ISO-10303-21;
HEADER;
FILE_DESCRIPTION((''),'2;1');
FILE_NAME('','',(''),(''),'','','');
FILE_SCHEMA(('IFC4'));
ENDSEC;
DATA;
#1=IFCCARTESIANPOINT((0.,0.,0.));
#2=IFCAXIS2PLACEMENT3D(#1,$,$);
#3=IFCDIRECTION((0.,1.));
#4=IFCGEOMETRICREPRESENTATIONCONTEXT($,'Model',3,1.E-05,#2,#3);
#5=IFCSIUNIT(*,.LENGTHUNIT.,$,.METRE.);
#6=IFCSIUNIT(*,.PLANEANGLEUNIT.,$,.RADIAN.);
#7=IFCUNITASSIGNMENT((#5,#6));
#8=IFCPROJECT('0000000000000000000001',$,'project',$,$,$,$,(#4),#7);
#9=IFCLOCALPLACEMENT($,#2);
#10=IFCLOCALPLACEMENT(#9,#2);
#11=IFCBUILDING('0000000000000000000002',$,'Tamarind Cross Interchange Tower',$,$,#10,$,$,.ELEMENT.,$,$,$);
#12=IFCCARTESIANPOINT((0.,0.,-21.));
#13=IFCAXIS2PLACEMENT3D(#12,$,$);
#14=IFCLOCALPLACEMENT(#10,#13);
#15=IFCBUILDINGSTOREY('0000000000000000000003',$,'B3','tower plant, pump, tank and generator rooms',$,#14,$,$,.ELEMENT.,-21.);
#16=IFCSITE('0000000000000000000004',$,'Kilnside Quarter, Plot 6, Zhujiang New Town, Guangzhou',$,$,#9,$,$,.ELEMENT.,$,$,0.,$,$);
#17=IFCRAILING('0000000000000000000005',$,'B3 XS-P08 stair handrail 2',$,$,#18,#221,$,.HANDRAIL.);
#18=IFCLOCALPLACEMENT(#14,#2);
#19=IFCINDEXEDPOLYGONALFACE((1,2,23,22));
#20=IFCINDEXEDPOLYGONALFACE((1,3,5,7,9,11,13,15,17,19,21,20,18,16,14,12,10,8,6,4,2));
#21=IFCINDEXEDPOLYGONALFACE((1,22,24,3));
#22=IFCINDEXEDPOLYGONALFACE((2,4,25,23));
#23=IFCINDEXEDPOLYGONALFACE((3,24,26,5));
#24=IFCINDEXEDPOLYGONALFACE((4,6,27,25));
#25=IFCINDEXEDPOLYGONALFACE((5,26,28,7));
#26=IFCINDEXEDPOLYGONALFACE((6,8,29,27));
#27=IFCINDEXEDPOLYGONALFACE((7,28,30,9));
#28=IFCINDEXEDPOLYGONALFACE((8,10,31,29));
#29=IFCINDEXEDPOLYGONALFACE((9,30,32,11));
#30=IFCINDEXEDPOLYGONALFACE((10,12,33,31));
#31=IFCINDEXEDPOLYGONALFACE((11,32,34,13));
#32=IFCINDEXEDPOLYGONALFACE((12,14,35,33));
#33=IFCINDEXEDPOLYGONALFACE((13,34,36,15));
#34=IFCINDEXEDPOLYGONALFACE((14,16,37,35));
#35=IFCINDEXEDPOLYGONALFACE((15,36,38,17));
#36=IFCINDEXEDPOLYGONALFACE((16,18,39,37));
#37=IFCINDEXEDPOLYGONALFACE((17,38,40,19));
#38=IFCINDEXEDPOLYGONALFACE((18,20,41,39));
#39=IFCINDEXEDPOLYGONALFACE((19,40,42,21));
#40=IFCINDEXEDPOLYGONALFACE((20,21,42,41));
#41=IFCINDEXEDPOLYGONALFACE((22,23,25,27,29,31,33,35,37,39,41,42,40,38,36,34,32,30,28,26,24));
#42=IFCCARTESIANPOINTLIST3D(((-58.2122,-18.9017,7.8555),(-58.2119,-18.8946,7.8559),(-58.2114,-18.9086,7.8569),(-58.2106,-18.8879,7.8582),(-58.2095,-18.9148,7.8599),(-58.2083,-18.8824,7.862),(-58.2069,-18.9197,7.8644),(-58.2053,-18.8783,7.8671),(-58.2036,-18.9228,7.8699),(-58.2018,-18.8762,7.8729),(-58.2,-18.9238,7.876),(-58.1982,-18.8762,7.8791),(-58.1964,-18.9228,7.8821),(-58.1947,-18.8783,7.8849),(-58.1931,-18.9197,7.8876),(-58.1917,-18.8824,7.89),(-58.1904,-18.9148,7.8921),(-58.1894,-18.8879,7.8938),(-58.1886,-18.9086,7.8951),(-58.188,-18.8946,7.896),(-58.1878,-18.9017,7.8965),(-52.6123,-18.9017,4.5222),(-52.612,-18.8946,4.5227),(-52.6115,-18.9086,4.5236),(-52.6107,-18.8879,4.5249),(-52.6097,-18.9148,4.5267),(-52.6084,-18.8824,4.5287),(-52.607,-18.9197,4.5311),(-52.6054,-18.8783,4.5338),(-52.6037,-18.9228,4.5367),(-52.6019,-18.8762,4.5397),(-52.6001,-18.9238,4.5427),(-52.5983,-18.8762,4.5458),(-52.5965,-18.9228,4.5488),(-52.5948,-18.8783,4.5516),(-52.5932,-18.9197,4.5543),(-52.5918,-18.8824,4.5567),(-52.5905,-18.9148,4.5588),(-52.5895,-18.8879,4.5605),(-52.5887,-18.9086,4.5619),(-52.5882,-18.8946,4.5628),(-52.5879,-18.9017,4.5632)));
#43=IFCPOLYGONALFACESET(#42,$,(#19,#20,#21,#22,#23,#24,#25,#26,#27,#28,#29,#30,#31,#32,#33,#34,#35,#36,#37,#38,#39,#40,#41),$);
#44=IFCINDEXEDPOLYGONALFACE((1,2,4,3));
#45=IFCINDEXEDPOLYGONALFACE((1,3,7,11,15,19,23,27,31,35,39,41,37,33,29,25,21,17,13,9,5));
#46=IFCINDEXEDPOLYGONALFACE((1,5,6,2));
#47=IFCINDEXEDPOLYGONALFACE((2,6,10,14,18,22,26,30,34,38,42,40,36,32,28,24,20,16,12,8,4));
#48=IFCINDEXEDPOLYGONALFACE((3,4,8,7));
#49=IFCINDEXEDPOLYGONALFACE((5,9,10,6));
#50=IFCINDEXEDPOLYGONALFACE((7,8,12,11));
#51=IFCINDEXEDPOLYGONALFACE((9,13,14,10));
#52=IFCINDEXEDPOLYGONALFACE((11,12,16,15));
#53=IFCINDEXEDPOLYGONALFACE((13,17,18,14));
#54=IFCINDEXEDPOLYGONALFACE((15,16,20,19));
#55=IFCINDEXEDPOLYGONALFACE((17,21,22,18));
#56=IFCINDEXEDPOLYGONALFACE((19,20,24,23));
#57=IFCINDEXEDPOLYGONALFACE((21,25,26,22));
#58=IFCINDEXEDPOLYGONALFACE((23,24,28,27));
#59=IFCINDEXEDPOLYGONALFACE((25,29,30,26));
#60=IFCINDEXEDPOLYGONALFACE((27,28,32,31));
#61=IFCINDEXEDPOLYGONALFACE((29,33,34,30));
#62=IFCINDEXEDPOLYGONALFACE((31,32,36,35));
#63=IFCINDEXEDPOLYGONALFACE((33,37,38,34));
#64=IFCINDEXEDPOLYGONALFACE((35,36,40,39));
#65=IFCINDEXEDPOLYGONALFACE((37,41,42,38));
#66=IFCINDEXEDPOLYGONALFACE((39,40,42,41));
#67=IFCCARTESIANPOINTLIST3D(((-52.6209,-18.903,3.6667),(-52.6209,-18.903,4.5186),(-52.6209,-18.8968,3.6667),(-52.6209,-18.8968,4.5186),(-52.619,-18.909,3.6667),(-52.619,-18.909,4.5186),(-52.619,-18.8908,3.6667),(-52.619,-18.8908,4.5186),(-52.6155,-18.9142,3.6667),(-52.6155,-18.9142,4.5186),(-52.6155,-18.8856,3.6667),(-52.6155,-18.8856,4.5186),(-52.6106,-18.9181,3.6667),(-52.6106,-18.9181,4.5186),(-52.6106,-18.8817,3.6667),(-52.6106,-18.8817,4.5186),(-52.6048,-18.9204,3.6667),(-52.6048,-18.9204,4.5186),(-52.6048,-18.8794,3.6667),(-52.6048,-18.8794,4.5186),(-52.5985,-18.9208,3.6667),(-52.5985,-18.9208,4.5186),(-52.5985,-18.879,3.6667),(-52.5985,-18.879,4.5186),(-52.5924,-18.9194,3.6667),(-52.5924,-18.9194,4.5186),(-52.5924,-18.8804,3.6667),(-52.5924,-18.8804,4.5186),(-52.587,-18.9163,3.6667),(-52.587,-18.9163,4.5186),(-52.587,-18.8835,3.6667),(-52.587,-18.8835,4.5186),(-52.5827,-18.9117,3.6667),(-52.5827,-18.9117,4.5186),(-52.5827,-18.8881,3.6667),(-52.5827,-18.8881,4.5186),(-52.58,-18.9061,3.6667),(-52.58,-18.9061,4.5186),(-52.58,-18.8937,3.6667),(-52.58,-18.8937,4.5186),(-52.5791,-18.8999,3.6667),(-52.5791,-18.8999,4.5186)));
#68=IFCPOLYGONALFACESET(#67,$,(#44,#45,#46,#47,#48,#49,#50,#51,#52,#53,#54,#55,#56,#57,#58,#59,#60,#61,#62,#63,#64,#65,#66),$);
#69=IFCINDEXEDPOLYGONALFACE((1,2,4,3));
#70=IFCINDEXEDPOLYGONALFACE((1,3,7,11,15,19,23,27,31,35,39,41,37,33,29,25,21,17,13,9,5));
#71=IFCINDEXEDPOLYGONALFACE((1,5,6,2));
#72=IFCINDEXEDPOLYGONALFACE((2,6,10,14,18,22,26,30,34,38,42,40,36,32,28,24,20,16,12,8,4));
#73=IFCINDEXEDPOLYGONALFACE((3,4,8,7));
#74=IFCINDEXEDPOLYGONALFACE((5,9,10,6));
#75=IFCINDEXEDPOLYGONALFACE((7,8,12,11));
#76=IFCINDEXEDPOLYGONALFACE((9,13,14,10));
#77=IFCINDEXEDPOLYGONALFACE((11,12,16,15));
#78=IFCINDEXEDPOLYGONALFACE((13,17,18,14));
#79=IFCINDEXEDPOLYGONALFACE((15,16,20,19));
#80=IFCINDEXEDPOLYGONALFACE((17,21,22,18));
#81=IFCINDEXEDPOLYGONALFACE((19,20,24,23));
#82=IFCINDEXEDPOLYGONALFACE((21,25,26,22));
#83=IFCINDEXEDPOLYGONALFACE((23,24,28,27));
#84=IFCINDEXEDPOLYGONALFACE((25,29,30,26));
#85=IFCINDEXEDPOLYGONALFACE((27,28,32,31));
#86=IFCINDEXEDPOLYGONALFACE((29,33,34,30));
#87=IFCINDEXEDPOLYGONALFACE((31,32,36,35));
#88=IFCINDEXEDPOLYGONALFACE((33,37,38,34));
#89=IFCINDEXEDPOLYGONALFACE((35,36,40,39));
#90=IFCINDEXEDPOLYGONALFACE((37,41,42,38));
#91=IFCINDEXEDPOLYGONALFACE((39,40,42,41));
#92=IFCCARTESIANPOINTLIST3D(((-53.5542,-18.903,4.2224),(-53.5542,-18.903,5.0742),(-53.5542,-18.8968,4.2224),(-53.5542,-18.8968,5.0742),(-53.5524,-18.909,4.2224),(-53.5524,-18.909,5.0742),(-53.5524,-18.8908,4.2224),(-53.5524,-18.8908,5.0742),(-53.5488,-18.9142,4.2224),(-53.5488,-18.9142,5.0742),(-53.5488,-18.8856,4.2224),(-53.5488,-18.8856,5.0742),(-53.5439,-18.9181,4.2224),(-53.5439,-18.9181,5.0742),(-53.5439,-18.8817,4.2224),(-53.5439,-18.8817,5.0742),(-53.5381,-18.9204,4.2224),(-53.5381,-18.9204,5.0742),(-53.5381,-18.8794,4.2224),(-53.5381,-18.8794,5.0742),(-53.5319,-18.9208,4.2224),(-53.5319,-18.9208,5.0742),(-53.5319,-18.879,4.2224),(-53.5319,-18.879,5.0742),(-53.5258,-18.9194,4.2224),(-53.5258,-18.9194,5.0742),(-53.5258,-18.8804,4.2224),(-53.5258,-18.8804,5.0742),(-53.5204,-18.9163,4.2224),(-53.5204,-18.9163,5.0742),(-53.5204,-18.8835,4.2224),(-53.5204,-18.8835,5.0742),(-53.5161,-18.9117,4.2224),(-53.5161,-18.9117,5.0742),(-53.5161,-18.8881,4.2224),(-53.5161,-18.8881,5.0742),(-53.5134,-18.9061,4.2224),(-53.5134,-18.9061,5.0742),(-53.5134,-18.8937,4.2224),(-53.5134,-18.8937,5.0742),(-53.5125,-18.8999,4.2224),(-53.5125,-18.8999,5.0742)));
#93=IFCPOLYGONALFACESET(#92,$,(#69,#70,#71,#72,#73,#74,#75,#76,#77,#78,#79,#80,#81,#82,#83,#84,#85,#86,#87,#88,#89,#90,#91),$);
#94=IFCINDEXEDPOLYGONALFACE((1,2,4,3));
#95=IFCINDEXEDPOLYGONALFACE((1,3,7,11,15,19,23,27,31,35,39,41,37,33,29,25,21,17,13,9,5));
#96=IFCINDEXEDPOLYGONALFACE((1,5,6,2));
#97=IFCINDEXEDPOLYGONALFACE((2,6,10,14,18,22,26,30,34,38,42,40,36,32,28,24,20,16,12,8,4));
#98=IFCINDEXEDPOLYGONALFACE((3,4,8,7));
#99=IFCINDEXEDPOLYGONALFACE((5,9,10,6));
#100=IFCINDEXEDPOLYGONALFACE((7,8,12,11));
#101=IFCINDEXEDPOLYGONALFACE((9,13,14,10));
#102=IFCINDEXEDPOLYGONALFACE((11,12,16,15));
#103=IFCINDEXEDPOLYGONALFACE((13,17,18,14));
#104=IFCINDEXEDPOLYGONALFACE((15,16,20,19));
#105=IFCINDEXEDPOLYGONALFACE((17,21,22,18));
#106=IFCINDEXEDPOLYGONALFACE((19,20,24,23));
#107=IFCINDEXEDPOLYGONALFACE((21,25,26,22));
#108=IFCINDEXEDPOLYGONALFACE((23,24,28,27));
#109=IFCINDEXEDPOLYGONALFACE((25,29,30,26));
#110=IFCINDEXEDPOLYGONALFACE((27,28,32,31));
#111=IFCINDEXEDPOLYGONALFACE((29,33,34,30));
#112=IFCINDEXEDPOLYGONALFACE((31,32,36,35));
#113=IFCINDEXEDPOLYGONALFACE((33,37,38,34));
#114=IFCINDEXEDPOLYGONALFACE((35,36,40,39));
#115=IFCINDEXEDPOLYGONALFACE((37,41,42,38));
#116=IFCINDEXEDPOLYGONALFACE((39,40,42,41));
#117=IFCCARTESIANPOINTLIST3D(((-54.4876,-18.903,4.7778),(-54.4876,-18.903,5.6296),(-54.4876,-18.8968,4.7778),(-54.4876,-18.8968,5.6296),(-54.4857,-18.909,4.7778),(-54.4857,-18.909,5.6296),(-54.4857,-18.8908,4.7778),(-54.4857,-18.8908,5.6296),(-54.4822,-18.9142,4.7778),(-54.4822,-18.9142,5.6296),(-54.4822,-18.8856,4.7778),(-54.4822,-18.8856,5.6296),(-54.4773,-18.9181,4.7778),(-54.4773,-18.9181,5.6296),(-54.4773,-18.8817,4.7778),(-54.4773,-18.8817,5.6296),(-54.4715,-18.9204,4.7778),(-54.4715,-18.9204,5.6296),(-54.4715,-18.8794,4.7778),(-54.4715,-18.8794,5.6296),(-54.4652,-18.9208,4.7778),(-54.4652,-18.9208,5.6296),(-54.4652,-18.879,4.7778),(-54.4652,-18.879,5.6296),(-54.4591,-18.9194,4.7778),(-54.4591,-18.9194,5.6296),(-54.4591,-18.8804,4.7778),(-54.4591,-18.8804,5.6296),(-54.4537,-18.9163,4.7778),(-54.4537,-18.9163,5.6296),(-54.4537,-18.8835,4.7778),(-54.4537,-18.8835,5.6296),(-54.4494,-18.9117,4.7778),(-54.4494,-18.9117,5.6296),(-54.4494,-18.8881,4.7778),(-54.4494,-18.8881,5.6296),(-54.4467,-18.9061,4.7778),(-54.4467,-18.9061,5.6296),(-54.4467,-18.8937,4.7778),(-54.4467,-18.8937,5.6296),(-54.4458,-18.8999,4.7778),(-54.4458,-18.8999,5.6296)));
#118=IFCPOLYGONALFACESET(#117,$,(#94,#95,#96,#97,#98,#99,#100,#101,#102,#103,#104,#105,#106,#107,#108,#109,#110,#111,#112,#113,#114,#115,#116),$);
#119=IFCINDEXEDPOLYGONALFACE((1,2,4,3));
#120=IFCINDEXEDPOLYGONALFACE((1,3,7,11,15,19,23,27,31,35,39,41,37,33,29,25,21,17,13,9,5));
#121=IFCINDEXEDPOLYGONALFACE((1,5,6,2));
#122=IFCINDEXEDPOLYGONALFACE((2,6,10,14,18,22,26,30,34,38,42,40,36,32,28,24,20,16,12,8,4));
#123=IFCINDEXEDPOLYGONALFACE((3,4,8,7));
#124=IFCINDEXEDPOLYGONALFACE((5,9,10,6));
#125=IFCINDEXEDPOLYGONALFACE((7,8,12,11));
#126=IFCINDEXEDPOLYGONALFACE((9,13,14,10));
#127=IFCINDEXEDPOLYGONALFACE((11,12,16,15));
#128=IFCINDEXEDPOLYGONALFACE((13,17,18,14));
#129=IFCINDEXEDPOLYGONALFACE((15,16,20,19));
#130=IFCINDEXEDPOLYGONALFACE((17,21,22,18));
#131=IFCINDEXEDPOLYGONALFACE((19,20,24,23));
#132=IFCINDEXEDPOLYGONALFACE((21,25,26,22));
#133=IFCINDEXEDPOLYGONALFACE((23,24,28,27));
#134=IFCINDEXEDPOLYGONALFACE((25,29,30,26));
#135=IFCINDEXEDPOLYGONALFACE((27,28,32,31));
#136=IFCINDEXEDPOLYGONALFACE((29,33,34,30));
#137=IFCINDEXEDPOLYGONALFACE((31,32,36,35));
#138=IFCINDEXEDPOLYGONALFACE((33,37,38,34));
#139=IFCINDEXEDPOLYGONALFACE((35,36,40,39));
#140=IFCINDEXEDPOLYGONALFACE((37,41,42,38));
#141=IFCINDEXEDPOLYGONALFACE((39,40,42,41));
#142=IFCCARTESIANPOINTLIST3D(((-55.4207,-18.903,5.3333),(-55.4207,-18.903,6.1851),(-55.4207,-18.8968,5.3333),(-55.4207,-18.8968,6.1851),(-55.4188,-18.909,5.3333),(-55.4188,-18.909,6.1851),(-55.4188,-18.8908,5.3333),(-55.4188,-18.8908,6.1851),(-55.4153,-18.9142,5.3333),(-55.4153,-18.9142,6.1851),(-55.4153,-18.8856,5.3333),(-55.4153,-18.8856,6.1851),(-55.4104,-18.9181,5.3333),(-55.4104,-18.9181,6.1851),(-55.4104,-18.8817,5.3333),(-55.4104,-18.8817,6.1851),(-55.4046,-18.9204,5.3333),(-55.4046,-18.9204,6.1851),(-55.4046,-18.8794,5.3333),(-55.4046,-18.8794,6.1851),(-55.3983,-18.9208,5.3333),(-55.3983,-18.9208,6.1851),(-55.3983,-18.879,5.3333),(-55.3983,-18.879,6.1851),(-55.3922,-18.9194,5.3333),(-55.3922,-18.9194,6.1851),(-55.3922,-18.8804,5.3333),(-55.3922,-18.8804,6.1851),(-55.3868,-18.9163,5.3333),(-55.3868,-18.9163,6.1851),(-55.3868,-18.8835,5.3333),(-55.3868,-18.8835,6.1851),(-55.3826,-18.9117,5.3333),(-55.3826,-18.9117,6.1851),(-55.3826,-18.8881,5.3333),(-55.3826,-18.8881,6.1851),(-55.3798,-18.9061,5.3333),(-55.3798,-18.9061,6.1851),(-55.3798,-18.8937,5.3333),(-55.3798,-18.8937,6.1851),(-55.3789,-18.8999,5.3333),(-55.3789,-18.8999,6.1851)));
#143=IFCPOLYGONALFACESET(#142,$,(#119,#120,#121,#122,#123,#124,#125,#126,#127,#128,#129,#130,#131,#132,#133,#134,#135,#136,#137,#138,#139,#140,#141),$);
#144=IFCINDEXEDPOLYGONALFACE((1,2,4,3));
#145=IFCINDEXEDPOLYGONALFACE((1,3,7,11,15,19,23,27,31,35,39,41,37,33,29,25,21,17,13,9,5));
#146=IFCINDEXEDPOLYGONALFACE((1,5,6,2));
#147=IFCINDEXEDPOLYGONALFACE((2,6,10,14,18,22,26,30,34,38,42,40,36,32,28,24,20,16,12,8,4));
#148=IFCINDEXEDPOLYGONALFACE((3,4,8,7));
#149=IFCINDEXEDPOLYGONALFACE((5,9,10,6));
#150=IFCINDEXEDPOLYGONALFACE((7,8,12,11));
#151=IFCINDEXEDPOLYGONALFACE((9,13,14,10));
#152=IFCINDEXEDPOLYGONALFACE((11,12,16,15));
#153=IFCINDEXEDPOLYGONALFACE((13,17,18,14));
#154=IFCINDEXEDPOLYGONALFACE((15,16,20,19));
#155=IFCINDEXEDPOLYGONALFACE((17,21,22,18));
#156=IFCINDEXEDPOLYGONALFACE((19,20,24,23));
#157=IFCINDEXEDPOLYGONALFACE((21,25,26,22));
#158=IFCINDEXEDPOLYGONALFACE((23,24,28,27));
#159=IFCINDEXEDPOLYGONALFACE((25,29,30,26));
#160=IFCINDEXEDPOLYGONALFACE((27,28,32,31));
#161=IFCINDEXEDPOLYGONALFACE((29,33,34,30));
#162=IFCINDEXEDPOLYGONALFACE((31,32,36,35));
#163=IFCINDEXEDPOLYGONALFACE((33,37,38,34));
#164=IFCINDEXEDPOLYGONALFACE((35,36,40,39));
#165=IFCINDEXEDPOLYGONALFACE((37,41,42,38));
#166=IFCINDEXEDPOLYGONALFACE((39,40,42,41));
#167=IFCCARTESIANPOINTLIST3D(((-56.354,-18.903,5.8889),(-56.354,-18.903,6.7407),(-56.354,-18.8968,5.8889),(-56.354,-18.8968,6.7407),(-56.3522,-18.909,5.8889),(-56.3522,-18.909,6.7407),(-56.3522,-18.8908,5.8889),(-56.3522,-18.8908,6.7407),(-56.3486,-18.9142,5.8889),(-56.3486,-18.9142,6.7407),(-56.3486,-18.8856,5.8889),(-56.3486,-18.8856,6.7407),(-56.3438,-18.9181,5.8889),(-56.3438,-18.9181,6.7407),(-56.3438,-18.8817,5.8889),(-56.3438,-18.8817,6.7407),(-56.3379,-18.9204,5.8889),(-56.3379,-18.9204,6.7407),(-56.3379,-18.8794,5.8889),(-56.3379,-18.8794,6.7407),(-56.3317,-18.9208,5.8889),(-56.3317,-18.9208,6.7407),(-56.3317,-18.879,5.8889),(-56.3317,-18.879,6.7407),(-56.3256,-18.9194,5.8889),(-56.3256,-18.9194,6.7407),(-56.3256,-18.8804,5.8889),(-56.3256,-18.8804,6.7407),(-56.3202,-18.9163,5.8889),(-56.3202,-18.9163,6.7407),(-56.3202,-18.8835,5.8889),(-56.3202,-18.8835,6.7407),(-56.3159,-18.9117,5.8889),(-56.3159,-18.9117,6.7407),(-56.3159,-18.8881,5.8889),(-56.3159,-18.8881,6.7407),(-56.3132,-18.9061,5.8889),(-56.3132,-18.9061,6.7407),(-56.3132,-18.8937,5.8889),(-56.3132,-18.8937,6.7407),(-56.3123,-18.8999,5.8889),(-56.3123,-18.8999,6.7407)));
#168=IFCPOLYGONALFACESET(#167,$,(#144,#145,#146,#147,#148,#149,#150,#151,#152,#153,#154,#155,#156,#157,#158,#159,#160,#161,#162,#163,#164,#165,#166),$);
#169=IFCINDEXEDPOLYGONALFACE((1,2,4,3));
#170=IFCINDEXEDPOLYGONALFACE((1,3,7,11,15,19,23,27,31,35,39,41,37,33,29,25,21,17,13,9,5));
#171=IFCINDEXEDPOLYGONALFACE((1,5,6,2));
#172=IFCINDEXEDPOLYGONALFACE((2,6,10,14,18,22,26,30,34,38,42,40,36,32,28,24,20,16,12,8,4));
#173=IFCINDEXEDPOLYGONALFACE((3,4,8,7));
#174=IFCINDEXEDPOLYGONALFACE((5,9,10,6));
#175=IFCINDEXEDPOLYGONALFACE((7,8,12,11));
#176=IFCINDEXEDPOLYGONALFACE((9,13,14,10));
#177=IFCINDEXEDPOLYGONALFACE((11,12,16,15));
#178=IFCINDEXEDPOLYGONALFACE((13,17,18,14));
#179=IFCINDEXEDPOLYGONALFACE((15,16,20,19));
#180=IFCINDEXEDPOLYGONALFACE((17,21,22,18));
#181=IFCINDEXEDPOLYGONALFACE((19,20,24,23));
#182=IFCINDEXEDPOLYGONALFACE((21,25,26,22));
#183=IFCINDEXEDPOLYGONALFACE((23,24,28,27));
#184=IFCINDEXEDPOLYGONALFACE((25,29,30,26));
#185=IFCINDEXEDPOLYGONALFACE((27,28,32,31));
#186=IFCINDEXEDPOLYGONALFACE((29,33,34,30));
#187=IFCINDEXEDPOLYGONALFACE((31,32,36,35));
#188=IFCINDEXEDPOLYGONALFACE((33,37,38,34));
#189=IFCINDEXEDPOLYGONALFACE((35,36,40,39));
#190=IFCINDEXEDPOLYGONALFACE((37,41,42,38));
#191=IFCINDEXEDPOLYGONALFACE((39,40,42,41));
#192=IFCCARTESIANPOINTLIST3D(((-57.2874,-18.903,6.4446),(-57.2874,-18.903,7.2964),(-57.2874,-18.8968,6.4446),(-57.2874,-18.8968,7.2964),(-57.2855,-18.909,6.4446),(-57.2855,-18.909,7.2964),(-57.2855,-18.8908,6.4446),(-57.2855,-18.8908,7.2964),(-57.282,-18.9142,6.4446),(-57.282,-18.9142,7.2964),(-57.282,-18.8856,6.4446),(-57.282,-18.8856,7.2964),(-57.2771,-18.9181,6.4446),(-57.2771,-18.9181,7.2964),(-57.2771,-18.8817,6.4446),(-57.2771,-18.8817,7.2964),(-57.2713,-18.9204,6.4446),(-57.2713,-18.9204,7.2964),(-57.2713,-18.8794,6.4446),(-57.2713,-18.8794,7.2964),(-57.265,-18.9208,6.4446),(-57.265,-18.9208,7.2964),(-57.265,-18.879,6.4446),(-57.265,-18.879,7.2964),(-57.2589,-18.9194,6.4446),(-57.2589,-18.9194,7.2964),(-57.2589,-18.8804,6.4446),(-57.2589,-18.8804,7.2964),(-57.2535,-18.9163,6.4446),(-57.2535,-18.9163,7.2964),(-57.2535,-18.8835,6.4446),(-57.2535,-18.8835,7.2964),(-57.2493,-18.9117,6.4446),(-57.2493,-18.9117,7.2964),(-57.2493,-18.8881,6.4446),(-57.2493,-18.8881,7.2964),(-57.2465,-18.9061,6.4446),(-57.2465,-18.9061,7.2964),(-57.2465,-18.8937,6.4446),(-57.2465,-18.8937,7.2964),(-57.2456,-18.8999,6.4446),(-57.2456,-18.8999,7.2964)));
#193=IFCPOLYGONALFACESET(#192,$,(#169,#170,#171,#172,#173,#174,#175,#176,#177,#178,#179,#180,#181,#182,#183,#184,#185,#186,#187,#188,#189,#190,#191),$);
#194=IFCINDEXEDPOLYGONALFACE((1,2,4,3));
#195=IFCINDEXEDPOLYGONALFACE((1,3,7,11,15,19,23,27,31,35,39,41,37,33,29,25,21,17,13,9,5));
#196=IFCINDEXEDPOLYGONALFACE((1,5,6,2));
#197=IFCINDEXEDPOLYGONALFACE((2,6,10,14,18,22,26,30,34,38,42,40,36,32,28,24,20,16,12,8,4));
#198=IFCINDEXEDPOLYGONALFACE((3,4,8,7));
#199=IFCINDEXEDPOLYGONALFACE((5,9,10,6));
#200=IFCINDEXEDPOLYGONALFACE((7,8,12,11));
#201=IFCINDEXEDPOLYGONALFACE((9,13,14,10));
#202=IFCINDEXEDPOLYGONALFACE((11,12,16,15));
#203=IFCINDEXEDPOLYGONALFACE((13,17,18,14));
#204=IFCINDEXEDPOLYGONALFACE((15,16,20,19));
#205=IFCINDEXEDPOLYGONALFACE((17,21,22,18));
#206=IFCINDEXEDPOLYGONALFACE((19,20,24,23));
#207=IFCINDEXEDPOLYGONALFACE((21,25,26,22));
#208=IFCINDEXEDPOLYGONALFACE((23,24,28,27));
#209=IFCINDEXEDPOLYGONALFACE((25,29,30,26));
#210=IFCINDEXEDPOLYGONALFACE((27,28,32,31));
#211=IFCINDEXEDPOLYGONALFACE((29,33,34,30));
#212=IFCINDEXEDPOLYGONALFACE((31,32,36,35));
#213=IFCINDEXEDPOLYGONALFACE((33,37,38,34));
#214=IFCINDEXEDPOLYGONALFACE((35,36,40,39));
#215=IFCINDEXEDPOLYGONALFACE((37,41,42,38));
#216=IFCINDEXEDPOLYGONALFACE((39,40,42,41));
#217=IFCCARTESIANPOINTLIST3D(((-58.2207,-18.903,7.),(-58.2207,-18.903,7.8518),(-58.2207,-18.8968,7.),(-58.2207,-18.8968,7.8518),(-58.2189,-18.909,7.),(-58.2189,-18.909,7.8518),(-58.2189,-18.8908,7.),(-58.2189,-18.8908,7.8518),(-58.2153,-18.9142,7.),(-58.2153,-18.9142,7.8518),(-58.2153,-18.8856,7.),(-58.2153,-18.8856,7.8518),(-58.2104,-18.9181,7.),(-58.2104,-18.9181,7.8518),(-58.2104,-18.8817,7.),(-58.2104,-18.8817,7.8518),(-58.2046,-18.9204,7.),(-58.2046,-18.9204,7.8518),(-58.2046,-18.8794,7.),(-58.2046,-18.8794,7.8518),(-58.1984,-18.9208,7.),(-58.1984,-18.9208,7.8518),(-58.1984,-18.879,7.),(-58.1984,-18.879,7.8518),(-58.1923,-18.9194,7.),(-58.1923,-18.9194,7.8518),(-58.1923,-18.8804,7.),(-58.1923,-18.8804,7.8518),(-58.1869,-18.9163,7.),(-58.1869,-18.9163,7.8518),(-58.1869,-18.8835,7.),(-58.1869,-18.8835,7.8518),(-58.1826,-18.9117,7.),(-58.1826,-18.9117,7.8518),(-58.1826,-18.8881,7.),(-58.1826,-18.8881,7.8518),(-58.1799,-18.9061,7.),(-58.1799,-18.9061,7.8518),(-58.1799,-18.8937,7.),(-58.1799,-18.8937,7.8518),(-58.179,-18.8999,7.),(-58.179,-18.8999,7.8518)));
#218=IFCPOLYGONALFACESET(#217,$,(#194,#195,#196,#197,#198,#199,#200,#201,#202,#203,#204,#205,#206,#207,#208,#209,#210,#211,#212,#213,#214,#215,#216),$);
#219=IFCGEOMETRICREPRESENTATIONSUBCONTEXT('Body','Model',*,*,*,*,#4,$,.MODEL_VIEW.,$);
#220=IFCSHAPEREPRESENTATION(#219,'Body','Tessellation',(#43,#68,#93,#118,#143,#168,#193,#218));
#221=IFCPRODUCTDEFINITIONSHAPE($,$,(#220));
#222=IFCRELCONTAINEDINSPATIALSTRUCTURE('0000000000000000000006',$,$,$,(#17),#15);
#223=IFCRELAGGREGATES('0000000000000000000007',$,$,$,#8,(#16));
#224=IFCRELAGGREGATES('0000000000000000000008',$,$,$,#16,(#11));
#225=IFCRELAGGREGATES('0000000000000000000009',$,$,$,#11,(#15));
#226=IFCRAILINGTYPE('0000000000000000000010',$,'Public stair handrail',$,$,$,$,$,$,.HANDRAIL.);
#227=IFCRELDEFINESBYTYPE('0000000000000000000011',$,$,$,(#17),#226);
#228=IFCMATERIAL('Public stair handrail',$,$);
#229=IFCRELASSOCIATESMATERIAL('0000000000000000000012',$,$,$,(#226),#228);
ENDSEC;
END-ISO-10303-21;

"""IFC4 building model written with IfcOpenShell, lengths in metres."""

from ifc_helpers import new_model, si_unit, direction, frame, origin, origin_2d, place, context, subcontext, project, spatial, circle, extrude, material, type_object, element, save


model = new_model("IFC4")

# Units and contexts
model_context = context("Model", 3, precision=1e-05, world=origin(), true_north=direction((0.0, 1.0)))
body_context = subcontext(model_context, "Body", "Model", "MODEL_VIEW")
ifc_project = project(units=[si_unit("LENGTHUNIT", "METRE"), si_unit("PLANEANGLEUNIT", "RADIAN")], contexts=[model_context])

# Site, building, storey
site_placement = place(None, origin())
site = spatial("IfcSite", under=ifc_project, at=site_placement, Name="Kilnside Quarter, Plot 6, Zhujiang New Town, Guangzhou", CompositionType="ELEMENT", RefElevation=0.0)
building_placement = place(site_placement, origin())
building = spatial("IfcBuilding", under=site, at=building_placement, Name="Tamarind Cross Interchange Tower", CompositionType="ELEMENT")
storey_placement = place(building_placement, frame((0.0, 0.0, -21.0)))
storey = spatial("IfcBuildingStorey", under=building, at=storey_placement, Name="B3", Description="tower plant, pump, tank and generator rooms", CompositionType="ELEMENT", Elevation=-21.0)

# Railing
ifc_material_1 = material(Name="Public stair handrail")
railing_type_1 = type_object("IfcRailingType", Name="Public stair handrail", PredefinedType="HANDRAIL", material=ifc_material_1)
railing_1_placement = place(storey_placement, frame((-52.6001, -18.8999, 3.6667)))
element("IfcRailing", 1, at=railing_1_placement, inside=storey, type_object=railing_type_1, Name="B3 XS-P08 stair handrail 2", PredefinedType="HANDRAIL", context=body_context, shape_type="SweptSolid", body=[
    extrude(circle(Radius=0.0239, at=origin_2d()), frame((0.0, 0.0, 0.876), z_axis=(-0.859292, 0.0, 0.511485), x_axis=(0.0, -1.0, 0.0)), (0.0, 0.0, 1.0), 6.5168),
    extrude(circle(Radius=0.021, at=origin_2d()), origin(), (0.0, 0.0, 1.0), 0.8518),
    extrude(circle(Radius=0.021, at=origin_2d()), frame((-0.9333, 0.0, 0.5557)), (0.0, 0.0, 1.0), 0.8518),
    extrude(circle(Radius=0.021, at=origin_2d()), frame((-1.8667, 0.0, 1.1111)), (0.0, 0.0, 1.0), 0.8518),
    extrude(circle(Radius=0.021, at=origin_2d()), frame((-2.7998, 0.0, 1.6665)), (0.0, 0.0, 1.0), 0.8518),
    extrude(circle(Radius=0.021, at=origin_2d()), frame((-3.7332, 0.0, 2.2222)), (0.0, 0.0, 1.0), 0.8518),
    extrude(circle(Radius=0.021, at=origin_2d()), frame((-4.6665, 0.0, 2.7778)), (0.0, 0.0, 1.0), 0.8518),
    extrude(circle(Radius=0.021, at=origin_2d()), frame((-5.5999, 0.0, 3.3333)), (0.0, 0.0, 1.0), 0.8518),
])

save(model, "model.ifc")
